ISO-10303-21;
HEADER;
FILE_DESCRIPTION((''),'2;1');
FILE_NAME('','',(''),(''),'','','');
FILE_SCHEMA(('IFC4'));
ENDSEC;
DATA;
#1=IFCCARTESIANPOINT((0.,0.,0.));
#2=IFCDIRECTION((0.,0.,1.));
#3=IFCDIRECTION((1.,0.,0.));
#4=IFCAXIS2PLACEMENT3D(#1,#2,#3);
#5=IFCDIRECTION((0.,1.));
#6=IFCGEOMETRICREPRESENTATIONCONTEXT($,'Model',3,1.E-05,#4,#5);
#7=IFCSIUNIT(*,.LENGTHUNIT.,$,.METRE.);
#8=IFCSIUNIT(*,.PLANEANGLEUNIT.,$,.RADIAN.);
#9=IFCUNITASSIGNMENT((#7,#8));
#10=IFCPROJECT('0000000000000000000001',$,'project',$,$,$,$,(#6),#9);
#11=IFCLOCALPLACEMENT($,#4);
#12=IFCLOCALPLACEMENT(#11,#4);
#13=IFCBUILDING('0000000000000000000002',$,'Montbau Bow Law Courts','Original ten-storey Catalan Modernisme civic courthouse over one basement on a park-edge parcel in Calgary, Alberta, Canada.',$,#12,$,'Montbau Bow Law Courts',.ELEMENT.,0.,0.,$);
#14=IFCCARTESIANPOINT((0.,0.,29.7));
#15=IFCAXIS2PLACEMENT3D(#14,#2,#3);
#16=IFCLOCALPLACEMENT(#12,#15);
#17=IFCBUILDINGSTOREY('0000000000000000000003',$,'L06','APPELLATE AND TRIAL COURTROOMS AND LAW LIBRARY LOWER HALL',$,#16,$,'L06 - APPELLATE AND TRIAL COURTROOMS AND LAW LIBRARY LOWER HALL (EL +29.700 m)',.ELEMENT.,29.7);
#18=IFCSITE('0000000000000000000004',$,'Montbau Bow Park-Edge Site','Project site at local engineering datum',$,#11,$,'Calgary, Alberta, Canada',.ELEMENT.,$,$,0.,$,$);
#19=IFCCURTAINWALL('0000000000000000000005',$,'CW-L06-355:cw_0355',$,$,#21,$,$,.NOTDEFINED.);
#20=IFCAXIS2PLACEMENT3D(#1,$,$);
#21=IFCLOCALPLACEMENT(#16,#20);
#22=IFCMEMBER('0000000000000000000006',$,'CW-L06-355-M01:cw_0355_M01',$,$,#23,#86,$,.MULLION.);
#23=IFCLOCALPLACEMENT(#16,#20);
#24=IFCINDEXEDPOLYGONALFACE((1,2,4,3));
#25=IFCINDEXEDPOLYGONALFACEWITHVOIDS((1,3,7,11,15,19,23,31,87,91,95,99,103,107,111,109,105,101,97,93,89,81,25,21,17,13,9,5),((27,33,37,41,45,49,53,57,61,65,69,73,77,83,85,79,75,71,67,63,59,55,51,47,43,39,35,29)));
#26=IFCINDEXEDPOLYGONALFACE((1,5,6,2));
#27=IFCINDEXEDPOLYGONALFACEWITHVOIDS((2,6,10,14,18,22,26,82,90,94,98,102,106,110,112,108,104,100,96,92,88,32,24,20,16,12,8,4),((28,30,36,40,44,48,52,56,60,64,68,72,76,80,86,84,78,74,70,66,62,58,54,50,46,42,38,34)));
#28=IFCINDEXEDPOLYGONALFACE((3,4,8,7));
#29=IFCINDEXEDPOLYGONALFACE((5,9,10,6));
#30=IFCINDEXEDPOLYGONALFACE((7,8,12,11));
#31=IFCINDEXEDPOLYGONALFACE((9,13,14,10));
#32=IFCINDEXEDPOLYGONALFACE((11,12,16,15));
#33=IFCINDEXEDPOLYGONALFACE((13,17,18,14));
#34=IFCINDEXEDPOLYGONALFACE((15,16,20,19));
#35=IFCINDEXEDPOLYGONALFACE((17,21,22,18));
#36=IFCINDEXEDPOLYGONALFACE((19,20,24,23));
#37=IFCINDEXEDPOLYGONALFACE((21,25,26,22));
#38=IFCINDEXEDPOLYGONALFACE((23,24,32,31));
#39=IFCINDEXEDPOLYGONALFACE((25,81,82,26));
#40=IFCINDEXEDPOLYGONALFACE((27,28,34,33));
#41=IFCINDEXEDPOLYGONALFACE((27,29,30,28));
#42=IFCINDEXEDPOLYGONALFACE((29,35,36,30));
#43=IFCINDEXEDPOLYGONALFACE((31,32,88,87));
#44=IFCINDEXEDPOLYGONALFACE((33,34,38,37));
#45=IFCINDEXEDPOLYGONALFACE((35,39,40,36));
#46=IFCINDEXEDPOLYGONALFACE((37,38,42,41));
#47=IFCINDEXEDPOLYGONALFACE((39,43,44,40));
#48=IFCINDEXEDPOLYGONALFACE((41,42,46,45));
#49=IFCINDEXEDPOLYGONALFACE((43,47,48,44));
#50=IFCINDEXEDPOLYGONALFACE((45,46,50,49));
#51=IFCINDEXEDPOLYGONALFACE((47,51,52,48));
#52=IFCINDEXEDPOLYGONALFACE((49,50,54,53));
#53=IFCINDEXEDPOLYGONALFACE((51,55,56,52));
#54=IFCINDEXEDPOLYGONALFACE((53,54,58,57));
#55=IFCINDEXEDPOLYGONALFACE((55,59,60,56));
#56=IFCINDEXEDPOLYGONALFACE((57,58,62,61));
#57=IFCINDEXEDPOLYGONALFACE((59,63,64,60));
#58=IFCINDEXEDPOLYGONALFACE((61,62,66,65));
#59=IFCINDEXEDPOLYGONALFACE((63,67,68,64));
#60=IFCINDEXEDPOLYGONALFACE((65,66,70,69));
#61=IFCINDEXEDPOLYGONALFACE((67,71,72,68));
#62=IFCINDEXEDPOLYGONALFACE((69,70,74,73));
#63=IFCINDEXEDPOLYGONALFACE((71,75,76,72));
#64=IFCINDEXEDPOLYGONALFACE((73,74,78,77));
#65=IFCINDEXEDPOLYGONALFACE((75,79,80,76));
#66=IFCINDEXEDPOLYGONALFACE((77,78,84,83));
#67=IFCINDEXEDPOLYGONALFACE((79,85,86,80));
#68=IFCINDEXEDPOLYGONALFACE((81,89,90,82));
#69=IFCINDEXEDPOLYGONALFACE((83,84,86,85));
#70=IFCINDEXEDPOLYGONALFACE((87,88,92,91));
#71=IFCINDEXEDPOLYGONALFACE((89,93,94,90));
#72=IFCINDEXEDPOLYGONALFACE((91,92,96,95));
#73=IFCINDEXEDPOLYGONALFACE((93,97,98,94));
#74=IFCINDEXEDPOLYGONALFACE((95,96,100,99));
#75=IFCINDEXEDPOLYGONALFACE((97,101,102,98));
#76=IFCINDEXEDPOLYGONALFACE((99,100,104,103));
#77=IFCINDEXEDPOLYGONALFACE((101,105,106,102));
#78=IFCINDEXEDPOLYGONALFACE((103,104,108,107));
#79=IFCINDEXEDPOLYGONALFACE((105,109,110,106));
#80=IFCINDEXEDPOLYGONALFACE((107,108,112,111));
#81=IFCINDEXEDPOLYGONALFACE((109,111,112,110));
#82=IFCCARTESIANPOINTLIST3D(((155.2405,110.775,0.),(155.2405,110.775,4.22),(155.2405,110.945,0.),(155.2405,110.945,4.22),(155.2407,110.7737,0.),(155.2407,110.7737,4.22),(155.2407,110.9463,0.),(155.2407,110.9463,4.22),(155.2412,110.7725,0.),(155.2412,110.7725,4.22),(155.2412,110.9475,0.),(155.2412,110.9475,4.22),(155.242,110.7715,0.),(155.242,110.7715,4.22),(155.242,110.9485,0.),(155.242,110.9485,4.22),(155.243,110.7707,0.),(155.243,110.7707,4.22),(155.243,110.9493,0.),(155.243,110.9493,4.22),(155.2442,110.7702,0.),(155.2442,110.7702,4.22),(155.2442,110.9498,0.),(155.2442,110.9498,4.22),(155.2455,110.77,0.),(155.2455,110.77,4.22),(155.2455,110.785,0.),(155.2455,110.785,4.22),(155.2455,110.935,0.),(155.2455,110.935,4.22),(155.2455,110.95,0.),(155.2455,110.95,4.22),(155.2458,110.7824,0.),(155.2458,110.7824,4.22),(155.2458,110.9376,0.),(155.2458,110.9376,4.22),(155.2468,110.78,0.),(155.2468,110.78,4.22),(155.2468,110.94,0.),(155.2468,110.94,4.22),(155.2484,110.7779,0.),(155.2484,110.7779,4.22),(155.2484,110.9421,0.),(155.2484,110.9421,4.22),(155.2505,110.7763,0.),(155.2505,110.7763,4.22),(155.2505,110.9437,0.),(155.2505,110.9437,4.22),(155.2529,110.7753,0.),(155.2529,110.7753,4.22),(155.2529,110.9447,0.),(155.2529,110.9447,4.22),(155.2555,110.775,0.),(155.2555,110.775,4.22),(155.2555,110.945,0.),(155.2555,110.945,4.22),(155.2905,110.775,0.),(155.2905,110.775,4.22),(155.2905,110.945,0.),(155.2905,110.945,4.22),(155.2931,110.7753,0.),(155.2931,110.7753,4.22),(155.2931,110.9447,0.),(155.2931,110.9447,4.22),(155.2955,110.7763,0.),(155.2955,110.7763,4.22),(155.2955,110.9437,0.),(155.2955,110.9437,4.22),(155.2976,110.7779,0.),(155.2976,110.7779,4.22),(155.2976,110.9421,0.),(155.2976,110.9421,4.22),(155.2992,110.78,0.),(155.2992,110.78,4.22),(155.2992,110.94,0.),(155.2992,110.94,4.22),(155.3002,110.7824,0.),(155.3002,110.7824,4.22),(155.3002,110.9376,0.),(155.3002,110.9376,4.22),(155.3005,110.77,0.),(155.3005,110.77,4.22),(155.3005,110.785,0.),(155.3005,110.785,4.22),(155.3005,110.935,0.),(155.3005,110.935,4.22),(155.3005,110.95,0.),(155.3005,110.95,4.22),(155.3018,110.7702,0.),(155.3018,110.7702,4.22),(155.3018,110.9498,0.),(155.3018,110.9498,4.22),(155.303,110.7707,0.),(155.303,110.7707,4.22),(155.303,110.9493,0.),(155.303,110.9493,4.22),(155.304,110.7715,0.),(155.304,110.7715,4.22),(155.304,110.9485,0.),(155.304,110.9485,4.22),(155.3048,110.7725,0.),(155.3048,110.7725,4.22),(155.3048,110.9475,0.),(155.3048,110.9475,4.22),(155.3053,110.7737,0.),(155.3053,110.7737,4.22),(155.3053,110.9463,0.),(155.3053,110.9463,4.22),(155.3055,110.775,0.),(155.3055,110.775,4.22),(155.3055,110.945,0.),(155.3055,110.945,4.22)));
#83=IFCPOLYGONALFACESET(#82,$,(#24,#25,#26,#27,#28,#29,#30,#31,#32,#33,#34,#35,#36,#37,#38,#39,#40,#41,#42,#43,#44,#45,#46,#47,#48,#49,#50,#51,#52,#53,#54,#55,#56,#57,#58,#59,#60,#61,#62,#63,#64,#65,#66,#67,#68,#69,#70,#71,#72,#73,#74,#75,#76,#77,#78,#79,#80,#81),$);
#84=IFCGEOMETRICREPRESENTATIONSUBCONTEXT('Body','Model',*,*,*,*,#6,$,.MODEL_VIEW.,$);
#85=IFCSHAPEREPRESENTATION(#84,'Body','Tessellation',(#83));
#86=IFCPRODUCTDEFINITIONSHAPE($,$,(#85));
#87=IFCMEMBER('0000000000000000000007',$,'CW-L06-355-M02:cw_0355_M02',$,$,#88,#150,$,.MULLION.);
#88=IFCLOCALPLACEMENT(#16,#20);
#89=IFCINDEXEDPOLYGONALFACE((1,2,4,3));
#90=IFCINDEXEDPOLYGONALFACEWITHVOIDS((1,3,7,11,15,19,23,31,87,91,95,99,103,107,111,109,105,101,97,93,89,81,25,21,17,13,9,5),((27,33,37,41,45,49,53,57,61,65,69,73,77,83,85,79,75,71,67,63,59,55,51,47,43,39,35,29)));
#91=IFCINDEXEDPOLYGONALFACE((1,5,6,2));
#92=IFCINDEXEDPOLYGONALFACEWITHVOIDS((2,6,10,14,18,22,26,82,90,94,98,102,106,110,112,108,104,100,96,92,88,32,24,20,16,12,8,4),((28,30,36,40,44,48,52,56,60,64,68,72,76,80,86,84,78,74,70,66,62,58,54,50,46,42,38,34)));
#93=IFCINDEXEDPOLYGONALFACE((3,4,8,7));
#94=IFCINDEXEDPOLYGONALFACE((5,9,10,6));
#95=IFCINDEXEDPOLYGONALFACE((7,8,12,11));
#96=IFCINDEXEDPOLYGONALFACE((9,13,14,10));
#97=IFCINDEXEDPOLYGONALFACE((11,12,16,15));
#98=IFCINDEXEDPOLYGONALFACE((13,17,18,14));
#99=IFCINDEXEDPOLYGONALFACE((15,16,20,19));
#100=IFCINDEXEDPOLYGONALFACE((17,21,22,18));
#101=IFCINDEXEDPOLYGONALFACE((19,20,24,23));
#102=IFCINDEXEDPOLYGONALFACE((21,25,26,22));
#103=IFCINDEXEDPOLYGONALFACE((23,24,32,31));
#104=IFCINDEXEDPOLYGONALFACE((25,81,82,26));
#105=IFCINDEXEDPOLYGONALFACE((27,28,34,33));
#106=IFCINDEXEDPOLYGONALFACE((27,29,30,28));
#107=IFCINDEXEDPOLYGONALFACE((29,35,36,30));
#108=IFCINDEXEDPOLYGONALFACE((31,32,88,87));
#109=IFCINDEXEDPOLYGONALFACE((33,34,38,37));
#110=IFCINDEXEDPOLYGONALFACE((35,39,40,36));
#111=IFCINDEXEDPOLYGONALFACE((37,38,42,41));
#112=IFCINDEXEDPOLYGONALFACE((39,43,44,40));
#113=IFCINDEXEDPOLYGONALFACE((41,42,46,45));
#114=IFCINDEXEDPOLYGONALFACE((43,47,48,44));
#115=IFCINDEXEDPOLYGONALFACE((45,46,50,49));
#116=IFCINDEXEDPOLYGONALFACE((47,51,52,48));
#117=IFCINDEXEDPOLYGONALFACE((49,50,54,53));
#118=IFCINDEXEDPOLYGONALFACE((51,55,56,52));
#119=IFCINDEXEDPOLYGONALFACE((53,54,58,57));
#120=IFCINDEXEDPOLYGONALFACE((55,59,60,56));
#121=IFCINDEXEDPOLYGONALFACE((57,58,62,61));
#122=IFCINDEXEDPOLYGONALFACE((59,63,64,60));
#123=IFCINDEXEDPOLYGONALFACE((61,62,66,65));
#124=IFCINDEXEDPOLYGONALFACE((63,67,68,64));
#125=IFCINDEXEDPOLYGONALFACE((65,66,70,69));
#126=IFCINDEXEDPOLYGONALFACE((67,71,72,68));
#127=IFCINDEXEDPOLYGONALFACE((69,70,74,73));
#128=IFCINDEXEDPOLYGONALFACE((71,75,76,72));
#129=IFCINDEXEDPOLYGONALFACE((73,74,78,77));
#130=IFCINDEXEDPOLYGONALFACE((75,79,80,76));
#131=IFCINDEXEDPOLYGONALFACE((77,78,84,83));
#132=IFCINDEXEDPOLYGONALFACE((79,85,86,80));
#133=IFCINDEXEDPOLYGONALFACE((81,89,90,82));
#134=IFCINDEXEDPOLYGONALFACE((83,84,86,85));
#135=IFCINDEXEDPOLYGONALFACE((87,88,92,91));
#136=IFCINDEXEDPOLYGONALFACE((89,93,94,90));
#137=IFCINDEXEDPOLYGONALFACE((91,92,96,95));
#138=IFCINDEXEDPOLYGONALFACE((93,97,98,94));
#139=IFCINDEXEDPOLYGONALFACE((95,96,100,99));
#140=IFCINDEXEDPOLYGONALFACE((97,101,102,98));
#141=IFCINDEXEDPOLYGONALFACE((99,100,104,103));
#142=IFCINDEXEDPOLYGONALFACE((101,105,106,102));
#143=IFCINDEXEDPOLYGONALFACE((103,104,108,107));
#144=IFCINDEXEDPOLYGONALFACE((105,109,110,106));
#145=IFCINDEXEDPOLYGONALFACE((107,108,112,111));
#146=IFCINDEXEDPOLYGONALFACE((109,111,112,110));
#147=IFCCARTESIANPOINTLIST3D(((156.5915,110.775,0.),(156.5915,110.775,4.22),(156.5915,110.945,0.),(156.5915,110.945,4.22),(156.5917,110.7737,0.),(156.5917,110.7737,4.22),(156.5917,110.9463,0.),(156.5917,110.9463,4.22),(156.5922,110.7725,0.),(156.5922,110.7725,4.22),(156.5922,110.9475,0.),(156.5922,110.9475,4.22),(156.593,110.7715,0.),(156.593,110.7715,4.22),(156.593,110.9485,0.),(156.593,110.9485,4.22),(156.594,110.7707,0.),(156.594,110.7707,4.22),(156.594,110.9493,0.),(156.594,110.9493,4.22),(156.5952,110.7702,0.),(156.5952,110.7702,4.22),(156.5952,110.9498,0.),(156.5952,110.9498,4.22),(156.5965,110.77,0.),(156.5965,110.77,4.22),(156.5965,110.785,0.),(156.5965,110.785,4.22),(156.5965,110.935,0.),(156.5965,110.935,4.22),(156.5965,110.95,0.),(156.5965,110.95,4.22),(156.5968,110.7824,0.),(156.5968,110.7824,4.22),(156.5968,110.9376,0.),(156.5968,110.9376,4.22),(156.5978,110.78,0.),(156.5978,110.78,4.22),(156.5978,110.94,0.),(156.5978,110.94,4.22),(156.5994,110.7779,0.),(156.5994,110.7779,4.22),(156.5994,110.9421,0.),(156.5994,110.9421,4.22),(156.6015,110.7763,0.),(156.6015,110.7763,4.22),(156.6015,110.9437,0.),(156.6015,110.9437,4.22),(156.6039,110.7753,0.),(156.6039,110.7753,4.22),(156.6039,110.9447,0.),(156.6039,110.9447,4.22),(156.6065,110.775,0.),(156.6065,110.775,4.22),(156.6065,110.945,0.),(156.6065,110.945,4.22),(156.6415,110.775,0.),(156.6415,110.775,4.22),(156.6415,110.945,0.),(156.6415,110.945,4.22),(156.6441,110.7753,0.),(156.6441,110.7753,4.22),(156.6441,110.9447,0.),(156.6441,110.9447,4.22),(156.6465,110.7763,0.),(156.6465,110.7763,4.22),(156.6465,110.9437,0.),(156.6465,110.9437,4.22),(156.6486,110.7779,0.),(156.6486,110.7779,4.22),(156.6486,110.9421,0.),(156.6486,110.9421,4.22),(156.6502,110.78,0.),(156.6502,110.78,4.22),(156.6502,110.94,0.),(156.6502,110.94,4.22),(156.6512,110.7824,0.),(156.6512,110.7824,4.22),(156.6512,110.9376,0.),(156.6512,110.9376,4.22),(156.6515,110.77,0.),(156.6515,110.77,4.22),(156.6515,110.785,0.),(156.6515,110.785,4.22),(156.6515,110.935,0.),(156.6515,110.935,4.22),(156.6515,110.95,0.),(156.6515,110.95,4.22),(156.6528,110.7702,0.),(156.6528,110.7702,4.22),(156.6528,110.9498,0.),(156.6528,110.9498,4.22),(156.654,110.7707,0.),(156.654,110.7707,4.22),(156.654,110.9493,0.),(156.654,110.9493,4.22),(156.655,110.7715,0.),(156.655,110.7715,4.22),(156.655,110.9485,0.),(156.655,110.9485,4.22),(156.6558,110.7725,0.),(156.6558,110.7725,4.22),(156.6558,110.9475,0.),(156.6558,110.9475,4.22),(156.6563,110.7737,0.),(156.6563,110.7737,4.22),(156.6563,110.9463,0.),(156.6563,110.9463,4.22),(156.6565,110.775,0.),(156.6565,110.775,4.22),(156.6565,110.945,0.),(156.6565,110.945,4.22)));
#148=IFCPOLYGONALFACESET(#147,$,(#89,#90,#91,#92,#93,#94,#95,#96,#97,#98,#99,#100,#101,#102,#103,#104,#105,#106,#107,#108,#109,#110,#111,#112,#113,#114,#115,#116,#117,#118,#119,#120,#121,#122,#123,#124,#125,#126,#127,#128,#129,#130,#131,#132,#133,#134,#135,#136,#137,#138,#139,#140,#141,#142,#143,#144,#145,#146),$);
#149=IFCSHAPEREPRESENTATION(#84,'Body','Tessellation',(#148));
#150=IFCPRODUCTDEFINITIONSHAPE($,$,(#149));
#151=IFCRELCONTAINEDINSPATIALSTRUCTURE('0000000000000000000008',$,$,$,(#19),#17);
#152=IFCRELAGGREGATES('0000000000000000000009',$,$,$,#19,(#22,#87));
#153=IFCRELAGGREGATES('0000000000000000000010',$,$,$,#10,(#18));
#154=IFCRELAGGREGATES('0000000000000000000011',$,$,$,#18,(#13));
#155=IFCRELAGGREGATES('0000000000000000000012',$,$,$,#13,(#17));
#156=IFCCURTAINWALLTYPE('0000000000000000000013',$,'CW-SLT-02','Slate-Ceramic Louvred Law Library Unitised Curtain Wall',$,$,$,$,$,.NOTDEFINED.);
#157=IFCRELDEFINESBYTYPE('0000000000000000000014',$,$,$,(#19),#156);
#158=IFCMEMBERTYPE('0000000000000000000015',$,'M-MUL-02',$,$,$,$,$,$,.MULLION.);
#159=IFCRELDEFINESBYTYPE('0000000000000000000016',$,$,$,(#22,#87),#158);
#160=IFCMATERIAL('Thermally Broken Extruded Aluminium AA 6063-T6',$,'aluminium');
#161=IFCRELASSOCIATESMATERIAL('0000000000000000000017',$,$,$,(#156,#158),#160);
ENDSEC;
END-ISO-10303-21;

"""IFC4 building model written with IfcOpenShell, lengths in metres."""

from ifc_helpers import new_model, si_unit, direction, frame, origin_with_axes, origin_2d_with_axis, place, context, subcontext, project, spatial, hollow_rectangle, extrude, material, material_profile, profile_set, type_object, element, aggregate, save


model = new_model("IFC4")

# Units and contexts
model_context = context("Model", 3, precision=1e-05, world=origin_with_axes(), true_north=direction((0.0, 1.0)))
body_context = subcontext(model_context, "Body", "Model", "MODEL_VIEW")
ifc_project = project(units=[si_unit("LENGTHUNIT", "METRE"), si_unit("PLANEANGLEUNIT", "RADIAN")], contexts=[model_context])

# Site, building, storey
site_placement = place(None, origin_with_axes())
site = spatial("IfcSite", under=ifc_project, at=site_placement, Name="Montbau Bow Park-Edge Site", Description="Project site at local engineering datum", LongName="Calgary, Alberta, Canada", CompositionType="ELEMENT", RefElevation=0.0)
building_placement = place(site_placement, origin_with_axes())
building = spatial("IfcBuilding", under=site, at=building_placement, Name="Montbau Bow Law Courts", Description="Original ten-storey Catalan Modernisme civic courthouse over one basement on a park-edge parcel in Calgary, Alberta, Canada.", LongName="Montbau Bow Law Courts", CompositionType="ELEMENT", ElevationOfRefHeight=0.0, ElevationOfTerrain=0.0)
storey_placement = place(building_placement, frame((0.0, 0.0, 29.7), z_axis=(0.0, 0.0, 1.0), x_axis=(1.0, 0.0, 0.0)))
storey = spatial("IfcBuildingStorey", under=building, at=storey_placement, Name="L06", Description="APPELLATE AND TRIAL COURTROOMS AND LAW LIBRARY LOWER HALL", LongName="L06 - APPELLATE AND TRIAL COURTROOMS AND LAW LIBRARY LOWER HALL (EL +29.700 m)", CompositionType="ELEMENT", Elevation=29.7)

# Shared definitions
ifc_material_1 = material(Name="Thermally Broken Extruded Aluminium AA 6063-T6", Category="aluminium")
curtain_wall_type = type_object("IfcCurtainWallType", Name="CW-SLT-02", Description="Slate-Ceramic Louvred Law Library Unitised Curtain Wall", PredefinedType="NOTDEFINED", material=ifc_material_1)

# Curtain wall, members
curtain_wall_1_placement = place(None, frame((155.24, 110.86, 29.7), z_axis=(0.0, 0.0, 1.0), x_axis=(1.0, 0.0, 0.0)))
curtain_wall_1 = element("IfcCurtainWall", 1, at=curtain_wall_1_placement, inside=storey, type_object=curtain_wall_type, Name="CW-L06-355:cw_0355", PredefinedType="NOTDEFINED")
ifc_material_profile_1 = material_profile(ifc_material_1, hollow_rectangle(XDim=0.065, YDim=0.18, WallThickness=0.005, InnerFilletRadius=0.01, OuterFilletRadius=0.005, at=origin_2d_with_axis()), Name="CWM-180X65", Category="Main", Priority=0)
ifc_profile_set_1 = profile_set([ifc_material_profile_1], Name="Thermally Broken Extruded Aluminium AA 6063-T6")
member_type_1 = type_object("IfcMemberType", Name="M-MUL-02", PredefinedType="MULLION", material=ifc_profile_set_1)
member_1_placement = place(None, frame((155.273, 110.86, 29.7), z_axis=(0.0, 0.0, 1.0), x_axis=(1.0, 0.0, 0.0)))
member_1 = element("IfcMember", 2, at=member_1_placement, type_object=member_type_1, Name="CW-L06-355-M01:cw_0355_M01", PredefinedType="MULLION", context=body_context, shape_type="SweptSolid", body=[
    extrude(hollow_rectangle(XDim=0.065, YDim=0.18, WallThickness=0.005, InnerFilletRadius=0.01, OuterFilletRadius=0.005, at=origin_2d_with_axis()), origin_with_axes(), (0.0, 0.0, 1.0), 4.22),
])
member_2_placement = place(None, frame((156.624, 110.86, 29.7), z_axis=(0.0, 0.0, 1.0), x_axis=(1.0, 0.0, 0.0)))
member_2 = element("IfcMember", 3, at=member_2_placement, type_object=member_type_1, Name="CW-L06-355-M02:cw_0355_M02", PredefinedType="MULLION", context=body_context, shape_type="SweptSolid", body=[
    extrude(hollow_rectangle(XDim=0.065, YDim=0.18, WallThickness=0.005, InnerFilletRadius=0.01, OuterFilletRadius=0.005, at=origin_2d_with_axis()), origin_with_axes(), (0.0, 0.0, 1.0), 4.22),
])
aggregate(curtain_wall_1, [member_1, member_2])

save(model, "model.ifc")
